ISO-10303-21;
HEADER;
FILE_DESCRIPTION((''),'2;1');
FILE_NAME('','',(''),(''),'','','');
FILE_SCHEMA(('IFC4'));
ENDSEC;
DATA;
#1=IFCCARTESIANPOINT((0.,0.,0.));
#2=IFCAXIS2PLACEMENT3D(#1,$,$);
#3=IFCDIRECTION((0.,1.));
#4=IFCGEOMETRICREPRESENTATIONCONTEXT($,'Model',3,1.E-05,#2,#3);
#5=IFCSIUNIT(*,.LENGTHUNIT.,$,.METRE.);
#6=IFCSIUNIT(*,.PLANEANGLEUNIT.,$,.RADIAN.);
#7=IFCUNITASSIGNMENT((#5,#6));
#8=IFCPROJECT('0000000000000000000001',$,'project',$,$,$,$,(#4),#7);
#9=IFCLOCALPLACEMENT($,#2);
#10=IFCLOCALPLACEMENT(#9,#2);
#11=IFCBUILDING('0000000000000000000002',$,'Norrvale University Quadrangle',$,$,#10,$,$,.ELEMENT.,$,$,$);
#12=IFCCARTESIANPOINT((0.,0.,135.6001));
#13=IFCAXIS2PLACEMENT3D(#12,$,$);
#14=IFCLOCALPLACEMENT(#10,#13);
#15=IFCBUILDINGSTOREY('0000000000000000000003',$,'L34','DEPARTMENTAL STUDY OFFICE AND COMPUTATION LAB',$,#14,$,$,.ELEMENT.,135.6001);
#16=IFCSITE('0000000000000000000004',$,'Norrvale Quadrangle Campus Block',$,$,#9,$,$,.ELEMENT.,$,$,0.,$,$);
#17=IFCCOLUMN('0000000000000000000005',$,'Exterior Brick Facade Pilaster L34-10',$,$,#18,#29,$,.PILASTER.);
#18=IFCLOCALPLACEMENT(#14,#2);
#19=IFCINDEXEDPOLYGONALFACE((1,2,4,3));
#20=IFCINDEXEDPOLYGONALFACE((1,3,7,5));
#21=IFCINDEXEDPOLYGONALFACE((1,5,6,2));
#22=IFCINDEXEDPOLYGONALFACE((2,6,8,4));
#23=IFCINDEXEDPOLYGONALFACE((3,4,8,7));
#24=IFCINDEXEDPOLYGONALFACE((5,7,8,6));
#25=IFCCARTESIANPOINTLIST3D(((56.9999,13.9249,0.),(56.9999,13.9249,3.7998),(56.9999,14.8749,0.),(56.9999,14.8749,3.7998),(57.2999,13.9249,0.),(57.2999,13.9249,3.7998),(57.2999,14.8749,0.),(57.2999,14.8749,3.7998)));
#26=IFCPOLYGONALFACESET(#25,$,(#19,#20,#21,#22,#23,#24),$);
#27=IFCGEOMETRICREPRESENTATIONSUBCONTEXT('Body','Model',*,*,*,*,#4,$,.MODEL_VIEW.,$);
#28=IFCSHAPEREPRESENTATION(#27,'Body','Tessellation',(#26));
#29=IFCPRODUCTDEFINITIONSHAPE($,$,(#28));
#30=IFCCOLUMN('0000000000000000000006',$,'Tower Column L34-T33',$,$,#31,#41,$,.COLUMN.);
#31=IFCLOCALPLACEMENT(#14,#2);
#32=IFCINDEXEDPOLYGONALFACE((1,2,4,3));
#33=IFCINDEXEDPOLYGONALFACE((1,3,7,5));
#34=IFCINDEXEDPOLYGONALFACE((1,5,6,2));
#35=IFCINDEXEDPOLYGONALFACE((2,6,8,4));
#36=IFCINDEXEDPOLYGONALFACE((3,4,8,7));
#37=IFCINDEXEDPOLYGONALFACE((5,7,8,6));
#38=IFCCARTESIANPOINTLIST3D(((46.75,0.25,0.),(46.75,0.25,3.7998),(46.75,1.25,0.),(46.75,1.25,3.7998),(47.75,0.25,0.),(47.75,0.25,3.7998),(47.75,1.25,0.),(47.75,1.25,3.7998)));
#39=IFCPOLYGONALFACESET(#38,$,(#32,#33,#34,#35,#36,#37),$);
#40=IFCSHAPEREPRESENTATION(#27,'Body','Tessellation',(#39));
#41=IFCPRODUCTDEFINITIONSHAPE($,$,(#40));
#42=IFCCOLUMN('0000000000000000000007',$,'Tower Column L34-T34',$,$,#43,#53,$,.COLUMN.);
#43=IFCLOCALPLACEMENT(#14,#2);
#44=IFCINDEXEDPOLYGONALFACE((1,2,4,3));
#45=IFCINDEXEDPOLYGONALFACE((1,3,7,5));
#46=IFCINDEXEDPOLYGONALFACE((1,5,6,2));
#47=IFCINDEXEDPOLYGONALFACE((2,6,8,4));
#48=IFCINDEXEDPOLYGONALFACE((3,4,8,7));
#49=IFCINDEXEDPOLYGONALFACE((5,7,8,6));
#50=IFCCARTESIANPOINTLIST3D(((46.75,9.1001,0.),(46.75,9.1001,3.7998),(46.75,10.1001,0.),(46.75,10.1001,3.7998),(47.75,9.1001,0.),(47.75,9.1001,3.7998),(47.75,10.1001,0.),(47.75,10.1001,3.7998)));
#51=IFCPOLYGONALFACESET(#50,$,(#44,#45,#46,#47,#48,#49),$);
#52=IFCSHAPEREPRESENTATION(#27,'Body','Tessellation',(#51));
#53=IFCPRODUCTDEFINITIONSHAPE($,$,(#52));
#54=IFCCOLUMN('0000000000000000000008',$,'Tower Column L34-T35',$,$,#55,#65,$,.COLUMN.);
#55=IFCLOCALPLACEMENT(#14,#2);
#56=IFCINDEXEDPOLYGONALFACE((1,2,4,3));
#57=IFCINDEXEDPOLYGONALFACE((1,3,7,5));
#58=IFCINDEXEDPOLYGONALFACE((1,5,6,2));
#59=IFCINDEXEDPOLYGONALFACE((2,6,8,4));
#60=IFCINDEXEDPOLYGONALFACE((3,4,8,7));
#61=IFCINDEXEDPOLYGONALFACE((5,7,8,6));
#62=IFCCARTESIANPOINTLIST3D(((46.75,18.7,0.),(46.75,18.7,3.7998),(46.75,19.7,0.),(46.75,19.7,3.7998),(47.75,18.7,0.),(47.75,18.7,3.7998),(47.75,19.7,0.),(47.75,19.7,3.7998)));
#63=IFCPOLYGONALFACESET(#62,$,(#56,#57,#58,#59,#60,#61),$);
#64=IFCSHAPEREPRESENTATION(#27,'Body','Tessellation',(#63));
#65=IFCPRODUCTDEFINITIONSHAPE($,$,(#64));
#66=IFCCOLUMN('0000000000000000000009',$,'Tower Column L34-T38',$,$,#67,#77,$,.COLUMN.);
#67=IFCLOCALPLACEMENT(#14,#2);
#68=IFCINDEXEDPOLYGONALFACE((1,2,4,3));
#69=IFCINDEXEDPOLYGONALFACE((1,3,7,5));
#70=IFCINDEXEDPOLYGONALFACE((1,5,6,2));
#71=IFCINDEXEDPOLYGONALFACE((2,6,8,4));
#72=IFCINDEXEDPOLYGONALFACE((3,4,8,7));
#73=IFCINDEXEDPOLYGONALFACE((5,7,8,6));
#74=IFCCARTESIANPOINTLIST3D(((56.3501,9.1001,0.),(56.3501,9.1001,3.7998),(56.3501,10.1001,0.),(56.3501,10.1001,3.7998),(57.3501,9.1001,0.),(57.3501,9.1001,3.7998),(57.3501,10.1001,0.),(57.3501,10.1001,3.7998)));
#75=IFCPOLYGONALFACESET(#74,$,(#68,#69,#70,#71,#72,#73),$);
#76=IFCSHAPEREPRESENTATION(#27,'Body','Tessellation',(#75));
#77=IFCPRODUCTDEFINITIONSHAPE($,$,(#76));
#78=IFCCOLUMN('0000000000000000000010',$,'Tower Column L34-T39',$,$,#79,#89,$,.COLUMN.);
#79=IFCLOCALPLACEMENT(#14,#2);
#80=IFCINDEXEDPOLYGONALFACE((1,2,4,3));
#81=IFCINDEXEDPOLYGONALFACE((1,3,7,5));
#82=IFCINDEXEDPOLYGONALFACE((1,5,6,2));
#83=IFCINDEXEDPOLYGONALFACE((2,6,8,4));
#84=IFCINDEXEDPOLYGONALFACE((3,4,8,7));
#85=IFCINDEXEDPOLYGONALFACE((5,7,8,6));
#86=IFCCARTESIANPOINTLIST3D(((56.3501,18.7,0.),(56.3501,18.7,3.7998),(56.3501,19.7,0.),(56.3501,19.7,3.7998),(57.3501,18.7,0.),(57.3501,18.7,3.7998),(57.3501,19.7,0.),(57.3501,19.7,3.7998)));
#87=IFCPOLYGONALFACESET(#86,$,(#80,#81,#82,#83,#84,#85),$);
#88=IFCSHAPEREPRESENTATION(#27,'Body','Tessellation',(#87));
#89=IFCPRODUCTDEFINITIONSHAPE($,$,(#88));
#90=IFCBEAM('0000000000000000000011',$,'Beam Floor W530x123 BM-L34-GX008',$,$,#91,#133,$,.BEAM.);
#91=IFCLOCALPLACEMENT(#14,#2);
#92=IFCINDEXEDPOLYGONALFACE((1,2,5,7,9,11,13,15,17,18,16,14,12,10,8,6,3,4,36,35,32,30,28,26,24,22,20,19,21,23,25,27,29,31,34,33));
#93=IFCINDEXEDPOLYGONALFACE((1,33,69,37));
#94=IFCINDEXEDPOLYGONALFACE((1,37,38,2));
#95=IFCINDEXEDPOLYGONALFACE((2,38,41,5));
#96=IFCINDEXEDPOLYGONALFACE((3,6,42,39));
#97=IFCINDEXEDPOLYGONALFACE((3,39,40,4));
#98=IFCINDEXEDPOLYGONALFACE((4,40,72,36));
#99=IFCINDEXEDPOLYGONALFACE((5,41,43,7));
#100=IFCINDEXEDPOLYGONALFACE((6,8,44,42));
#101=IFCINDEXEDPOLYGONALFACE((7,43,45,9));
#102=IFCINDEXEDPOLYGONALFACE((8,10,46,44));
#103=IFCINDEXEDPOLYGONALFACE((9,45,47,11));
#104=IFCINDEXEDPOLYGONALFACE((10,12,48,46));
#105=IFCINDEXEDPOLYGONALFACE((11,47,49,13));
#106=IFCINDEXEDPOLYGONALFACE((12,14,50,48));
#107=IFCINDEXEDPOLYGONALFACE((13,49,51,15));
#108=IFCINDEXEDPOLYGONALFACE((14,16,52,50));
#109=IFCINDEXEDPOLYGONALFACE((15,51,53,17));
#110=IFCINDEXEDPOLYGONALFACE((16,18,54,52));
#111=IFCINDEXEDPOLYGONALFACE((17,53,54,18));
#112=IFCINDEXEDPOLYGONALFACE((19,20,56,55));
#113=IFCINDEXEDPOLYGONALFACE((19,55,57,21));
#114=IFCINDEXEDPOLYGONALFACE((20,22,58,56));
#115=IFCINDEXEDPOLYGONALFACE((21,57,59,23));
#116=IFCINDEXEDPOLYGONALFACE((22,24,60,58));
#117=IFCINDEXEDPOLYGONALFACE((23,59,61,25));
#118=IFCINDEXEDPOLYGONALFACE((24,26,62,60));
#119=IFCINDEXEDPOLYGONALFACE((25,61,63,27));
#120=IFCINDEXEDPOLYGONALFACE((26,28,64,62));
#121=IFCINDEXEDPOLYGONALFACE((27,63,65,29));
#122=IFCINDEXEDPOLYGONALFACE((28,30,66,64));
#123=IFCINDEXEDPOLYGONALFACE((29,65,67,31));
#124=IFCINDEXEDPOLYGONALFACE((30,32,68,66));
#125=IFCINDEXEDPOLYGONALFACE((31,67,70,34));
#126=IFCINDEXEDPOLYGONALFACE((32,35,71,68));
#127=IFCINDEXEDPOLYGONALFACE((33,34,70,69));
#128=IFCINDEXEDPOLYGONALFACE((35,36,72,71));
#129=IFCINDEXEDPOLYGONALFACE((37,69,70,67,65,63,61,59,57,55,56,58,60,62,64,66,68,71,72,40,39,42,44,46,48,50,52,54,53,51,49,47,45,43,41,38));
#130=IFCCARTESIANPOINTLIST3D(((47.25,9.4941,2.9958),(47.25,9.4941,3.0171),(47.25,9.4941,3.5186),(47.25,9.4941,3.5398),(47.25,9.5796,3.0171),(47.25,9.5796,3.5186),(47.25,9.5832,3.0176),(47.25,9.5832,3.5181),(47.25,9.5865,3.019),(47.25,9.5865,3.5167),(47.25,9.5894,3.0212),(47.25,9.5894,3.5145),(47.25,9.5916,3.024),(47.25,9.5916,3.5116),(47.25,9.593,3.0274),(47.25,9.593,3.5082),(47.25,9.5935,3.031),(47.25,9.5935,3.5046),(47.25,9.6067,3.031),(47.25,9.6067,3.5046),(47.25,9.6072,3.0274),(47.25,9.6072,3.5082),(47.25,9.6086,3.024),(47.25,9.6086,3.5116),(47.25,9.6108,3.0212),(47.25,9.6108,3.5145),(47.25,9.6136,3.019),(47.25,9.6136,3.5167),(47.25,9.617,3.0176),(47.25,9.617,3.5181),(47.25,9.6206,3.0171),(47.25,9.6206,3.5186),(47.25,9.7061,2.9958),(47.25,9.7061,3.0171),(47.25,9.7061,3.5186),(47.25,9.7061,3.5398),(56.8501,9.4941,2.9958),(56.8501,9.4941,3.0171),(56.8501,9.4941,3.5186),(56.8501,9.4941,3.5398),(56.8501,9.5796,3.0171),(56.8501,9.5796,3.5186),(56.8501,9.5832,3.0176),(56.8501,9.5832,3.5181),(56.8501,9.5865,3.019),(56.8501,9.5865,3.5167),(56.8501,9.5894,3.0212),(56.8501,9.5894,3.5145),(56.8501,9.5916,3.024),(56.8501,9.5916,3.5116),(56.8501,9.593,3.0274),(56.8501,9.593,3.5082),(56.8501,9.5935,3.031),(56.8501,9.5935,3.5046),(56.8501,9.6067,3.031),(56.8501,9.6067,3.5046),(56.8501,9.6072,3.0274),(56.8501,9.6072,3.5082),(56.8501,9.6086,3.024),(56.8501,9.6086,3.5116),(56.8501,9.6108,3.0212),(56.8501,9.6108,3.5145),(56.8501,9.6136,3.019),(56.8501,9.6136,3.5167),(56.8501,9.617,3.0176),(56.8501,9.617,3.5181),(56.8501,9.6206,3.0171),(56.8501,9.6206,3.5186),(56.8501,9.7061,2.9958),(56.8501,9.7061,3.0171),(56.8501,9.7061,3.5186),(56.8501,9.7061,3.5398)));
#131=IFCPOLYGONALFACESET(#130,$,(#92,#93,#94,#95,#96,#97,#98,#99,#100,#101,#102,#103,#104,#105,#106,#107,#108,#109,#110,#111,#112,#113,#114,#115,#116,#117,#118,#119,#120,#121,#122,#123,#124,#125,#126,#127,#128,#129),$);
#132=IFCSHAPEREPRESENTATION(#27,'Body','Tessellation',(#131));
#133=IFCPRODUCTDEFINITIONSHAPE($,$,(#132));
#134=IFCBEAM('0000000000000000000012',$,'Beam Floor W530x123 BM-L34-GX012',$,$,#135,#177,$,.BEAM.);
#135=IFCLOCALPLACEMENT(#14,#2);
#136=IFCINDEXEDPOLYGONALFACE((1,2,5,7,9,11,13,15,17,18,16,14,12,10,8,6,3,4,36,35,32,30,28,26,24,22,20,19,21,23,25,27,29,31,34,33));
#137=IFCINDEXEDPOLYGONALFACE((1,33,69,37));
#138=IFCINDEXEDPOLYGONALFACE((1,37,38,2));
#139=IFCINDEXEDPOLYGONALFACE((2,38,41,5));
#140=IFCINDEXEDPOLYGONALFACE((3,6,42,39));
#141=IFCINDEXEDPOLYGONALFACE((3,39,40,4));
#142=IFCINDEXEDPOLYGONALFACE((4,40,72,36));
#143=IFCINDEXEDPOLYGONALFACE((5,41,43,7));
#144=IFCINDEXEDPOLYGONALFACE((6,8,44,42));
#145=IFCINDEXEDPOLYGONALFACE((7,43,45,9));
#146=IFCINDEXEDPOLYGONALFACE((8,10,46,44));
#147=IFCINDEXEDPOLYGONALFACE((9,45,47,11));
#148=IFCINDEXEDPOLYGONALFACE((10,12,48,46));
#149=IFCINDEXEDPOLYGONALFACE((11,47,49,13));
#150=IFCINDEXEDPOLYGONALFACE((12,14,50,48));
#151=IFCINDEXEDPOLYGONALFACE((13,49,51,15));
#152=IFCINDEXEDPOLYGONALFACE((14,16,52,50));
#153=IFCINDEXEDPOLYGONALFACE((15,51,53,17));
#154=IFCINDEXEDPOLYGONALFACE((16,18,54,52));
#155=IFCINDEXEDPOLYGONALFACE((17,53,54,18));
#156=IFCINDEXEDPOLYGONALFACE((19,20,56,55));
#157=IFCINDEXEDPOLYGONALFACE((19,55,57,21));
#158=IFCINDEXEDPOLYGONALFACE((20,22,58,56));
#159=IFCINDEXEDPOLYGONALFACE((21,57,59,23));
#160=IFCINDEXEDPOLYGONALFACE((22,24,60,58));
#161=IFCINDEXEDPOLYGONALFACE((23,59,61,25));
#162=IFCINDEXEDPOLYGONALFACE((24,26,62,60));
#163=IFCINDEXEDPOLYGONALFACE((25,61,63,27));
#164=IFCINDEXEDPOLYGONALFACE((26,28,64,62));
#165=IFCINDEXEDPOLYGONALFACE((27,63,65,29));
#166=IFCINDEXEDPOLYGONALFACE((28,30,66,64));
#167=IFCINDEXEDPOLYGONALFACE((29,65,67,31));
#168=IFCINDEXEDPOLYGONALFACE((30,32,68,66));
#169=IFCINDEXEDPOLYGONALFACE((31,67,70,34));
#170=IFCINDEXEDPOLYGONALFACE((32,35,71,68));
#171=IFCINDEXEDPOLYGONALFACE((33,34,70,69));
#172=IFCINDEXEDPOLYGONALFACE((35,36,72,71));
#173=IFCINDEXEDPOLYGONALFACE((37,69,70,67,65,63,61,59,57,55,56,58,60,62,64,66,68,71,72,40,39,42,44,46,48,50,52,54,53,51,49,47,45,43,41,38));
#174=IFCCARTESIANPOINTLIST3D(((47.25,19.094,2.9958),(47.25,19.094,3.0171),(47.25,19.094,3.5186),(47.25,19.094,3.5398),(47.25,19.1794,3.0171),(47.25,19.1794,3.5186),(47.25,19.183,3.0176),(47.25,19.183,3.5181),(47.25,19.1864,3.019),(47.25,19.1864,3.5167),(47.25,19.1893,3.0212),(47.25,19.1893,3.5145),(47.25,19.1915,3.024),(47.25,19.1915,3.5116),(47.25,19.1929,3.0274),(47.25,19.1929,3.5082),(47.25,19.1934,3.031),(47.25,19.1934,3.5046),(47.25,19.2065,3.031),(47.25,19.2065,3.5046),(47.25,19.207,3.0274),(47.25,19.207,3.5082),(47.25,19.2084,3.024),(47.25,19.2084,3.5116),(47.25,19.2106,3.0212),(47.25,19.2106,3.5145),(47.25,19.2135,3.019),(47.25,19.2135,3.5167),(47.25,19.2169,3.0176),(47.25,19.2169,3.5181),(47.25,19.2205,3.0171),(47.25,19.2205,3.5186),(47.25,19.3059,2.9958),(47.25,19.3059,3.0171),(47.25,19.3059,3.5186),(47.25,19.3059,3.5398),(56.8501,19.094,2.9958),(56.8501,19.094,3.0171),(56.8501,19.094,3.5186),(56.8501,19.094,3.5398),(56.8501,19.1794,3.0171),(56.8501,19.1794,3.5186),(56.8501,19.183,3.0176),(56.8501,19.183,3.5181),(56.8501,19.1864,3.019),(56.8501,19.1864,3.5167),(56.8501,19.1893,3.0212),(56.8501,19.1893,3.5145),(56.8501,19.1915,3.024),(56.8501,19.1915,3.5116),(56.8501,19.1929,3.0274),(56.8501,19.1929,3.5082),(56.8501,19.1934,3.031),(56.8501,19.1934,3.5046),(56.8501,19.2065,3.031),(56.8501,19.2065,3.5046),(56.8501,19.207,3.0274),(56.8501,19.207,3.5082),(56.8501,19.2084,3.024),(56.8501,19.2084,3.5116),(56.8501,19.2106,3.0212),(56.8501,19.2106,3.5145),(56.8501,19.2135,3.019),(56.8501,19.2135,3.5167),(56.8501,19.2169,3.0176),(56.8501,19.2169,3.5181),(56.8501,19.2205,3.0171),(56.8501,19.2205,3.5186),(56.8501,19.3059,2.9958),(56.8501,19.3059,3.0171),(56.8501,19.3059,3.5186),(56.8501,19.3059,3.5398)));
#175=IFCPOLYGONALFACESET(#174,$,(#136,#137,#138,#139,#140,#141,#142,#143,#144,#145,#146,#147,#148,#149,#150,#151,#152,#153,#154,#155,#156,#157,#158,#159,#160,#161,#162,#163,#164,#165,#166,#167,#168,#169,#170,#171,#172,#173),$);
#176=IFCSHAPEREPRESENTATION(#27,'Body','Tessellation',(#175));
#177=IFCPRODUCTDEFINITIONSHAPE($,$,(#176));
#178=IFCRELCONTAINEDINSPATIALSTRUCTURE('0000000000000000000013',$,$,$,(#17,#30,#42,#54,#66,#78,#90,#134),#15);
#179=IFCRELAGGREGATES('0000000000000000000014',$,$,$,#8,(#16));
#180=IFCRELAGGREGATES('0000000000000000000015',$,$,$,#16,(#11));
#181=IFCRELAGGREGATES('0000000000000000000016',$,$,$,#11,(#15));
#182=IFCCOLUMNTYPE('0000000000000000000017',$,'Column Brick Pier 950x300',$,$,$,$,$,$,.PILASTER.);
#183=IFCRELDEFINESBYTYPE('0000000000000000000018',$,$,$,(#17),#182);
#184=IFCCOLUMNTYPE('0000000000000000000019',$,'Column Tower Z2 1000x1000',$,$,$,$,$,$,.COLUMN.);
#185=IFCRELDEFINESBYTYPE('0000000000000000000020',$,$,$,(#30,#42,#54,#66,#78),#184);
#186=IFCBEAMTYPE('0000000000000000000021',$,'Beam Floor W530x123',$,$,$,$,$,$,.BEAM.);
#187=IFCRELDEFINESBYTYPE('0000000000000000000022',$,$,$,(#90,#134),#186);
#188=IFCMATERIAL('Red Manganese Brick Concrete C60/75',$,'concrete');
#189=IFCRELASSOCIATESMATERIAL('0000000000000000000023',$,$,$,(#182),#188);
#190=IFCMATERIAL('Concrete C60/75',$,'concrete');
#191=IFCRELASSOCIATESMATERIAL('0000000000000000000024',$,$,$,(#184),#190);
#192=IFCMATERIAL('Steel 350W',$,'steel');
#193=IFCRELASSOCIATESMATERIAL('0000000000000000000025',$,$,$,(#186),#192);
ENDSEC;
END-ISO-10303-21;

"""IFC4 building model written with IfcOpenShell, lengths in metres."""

from ifc_helpers import new_model, si_unit, direction, frame, origin, origin_2d, place, context, subcontext, project, spatial, rectangle, i_section, extrude, material, material_profile, profile_set, type_object, element, save


model = new_model("IFC4")

# Units and contexts
model_context = context("Model", 3, precision=1e-05, world=origin(), true_north=direction((0.0, 1.0)))
body_context = subcontext(model_context, "Body", "Model", "MODEL_VIEW")
ifc_project = project(units=[si_unit("LENGTHUNIT", "METRE"), si_unit("PLANEANGLEUNIT", "RADIAN")], contexts=[model_context])

# Site, building, storey
site_placement = place(None, origin())
site = spatial("IfcSite", under=ifc_project, at=site_placement, Name="Norrvale Quadrangle Campus Block", CompositionType="ELEMENT", RefElevation=0.0)
building_placement = place(site_placement, origin())
building = spatial("IfcBuilding", under=site, at=building_placement, Name="Norrvale University Quadrangle", CompositionType="ELEMENT")
storey_placement = place(building_placement, frame((0.0, 0.0, 135.6001)))
storey = spatial("IfcBuildingStorey", under=building, at=storey_placement, Name="L34", Description="DEPARTMENTAL STUDY OFFICE AND COMPUTATION LAB", CompositionType="ELEMENT", Elevation=135.6001)

# Columns
ifc_material_1 = material(Name="Red Manganese Brick Concrete C60/75", Category="concrete")
ifc_material_profile_1 = material_profile(ifc_material_1, rectangle(XDim=0.95, YDim=0.3, at=origin_2d()), Name="Red Manganese Brick Concrete C60/75")
ifc_profile_set_1 = profile_set([ifc_material_profile_1], Name="Red Manganese Brick Concrete C60/75")
column_type_1 = type_object("IfcColumnType", Name="Column Brick Pier 950x300", PredefinedType="PILASTER", material=ifc_profile_set_1)
column_placement = place(storey_placement, frame((57.1499, 14.3999, 0.0), z_axis=(0.0, 0.0, 1.0), x_axis=(0.0, 1.0, 0.0)))
element("IfcColumn", 1, at=column_placement, inside=storey, type_object=column_type_1, Name="Exterior Brick Facade Pilaster L34-10", PredefinedType="PILASTER", context=body_context, shape_type="SweptSolid", body=[
    extrude(rectangle(XDim=0.95, YDim=0.3, at=origin_2d()), origin(), (0.0, 0.0, 1.0), 3.7998),
])
ifc_material_2 = material(Name="Concrete C60/75", Category="concrete")
ifc_material_profile_2 = material_profile(ifc_material_2, rectangle(XDim=1.0, YDim=1.0, at=origin_2d()), Name="Concrete C60/75")
ifc_profile_set_2 = profile_set([ifc_material_profile_2], Name="Concrete C60/75")
column_type_2 = type_object("IfcColumnType", Name="Column Tower Z2 1000x1000", PredefinedType="COLUMN", material=ifc_profile_set_2)
for number, where, z_axis, x_axis, name in (
    (2, (47.25, 0.75, 0.0), (0.0, 0.0, 1.0), (1.0, 0.0, 0.0), "Tower Column L34-T33"),
    (3, (47.25, 9.6001, 0.0), (0.0, 0.0, 1.0), (1.0, 0.0, 0.0), "Tower Column L34-T34"),
    (4, (47.25, 19.2, 0.0), (0.0, 0.0, 1.0), (1.0, 0.0, 0.0), "Tower Column L34-T35"),
    (5, (56.8501, 9.6001, 0.0), (0.0, 0.0, 1.0), (1.0, 0.0, 0.0), "Tower Column L34-T38"),
    (6, (56.8501, 19.2, 0.0), (0.0, 0.0, 1.0), (1.0, 0.0, 0.0), "Tower Column L34-T39"),
):
    element("IfcColumn", number, at=place(storey_placement, frame(where, z_axis=z_axis, x_axis=x_axis)), inside=storey, type_object=column_type_2, Name=name, PredefinedType="COLUMN", context=body_context, shape_type="SweptSolid", body=[
        extrude(rectangle(XDim=1.0, YDim=1.0, at=origin_2d()), origin(), (0.0, 0.0, 1.0), 3.7998),
    ])

# Beams
ifc_material_3 = material(Name="Steel 350W", Category="steel")
ifc_material_profile_3 = material_profile(ifc_material_3, i_section(OverallWidth=0.2119, OverallDepth=0.5439, WebThickness=0.0132, FlangeThickness=0.0212, FilletRadius=0.0139, at=origin_2d()), Name="Steel 350W")
ifc_profile_set_3 = profile_set([ifc_material_profile_3], Name="Steel 350W")
beam_type_1 = type_object("IfcBeamType", Name="Beam Floor W530x123", PredefinedType="BEAM", material=ifc_profile_set_3)
for number, where, z_axis, x_axis, name in (
    (7, (47.25, 9.6001, 3.2678), (1.0, 0.0, 0.0), (0.0, 1.0, 0.0), "Beam Floor W530x123 BM-L34-GX008"),
    (8, (47.25, 19.2, 3.2678), (1.0, 0.0, 0.0), (0.0, 1.0, 0.0), "Beam Floor W530x123 BM-L34-GX012"),
):
    element("IfcBeam", number, at=place(storey_placement, frame(where, z_axis=z_axis, x_axis=x_axis)), inside=storey, type_object=beam_type_1, Name=name, PredefinedType="BEAM", context=body_context, shape_type="SweptSolid", body=[
        extrude(i_section(OverallWidth=0.2119, OverallDepth=0.5439, WebThickness=0.0132, FlangeThickness=0.0212, FilletRadius=0.0139, at=origin_2d()), origin(), (0.0, 0.0, 1.0), 9.6001),
    ])

save(model, "model.ifc")
